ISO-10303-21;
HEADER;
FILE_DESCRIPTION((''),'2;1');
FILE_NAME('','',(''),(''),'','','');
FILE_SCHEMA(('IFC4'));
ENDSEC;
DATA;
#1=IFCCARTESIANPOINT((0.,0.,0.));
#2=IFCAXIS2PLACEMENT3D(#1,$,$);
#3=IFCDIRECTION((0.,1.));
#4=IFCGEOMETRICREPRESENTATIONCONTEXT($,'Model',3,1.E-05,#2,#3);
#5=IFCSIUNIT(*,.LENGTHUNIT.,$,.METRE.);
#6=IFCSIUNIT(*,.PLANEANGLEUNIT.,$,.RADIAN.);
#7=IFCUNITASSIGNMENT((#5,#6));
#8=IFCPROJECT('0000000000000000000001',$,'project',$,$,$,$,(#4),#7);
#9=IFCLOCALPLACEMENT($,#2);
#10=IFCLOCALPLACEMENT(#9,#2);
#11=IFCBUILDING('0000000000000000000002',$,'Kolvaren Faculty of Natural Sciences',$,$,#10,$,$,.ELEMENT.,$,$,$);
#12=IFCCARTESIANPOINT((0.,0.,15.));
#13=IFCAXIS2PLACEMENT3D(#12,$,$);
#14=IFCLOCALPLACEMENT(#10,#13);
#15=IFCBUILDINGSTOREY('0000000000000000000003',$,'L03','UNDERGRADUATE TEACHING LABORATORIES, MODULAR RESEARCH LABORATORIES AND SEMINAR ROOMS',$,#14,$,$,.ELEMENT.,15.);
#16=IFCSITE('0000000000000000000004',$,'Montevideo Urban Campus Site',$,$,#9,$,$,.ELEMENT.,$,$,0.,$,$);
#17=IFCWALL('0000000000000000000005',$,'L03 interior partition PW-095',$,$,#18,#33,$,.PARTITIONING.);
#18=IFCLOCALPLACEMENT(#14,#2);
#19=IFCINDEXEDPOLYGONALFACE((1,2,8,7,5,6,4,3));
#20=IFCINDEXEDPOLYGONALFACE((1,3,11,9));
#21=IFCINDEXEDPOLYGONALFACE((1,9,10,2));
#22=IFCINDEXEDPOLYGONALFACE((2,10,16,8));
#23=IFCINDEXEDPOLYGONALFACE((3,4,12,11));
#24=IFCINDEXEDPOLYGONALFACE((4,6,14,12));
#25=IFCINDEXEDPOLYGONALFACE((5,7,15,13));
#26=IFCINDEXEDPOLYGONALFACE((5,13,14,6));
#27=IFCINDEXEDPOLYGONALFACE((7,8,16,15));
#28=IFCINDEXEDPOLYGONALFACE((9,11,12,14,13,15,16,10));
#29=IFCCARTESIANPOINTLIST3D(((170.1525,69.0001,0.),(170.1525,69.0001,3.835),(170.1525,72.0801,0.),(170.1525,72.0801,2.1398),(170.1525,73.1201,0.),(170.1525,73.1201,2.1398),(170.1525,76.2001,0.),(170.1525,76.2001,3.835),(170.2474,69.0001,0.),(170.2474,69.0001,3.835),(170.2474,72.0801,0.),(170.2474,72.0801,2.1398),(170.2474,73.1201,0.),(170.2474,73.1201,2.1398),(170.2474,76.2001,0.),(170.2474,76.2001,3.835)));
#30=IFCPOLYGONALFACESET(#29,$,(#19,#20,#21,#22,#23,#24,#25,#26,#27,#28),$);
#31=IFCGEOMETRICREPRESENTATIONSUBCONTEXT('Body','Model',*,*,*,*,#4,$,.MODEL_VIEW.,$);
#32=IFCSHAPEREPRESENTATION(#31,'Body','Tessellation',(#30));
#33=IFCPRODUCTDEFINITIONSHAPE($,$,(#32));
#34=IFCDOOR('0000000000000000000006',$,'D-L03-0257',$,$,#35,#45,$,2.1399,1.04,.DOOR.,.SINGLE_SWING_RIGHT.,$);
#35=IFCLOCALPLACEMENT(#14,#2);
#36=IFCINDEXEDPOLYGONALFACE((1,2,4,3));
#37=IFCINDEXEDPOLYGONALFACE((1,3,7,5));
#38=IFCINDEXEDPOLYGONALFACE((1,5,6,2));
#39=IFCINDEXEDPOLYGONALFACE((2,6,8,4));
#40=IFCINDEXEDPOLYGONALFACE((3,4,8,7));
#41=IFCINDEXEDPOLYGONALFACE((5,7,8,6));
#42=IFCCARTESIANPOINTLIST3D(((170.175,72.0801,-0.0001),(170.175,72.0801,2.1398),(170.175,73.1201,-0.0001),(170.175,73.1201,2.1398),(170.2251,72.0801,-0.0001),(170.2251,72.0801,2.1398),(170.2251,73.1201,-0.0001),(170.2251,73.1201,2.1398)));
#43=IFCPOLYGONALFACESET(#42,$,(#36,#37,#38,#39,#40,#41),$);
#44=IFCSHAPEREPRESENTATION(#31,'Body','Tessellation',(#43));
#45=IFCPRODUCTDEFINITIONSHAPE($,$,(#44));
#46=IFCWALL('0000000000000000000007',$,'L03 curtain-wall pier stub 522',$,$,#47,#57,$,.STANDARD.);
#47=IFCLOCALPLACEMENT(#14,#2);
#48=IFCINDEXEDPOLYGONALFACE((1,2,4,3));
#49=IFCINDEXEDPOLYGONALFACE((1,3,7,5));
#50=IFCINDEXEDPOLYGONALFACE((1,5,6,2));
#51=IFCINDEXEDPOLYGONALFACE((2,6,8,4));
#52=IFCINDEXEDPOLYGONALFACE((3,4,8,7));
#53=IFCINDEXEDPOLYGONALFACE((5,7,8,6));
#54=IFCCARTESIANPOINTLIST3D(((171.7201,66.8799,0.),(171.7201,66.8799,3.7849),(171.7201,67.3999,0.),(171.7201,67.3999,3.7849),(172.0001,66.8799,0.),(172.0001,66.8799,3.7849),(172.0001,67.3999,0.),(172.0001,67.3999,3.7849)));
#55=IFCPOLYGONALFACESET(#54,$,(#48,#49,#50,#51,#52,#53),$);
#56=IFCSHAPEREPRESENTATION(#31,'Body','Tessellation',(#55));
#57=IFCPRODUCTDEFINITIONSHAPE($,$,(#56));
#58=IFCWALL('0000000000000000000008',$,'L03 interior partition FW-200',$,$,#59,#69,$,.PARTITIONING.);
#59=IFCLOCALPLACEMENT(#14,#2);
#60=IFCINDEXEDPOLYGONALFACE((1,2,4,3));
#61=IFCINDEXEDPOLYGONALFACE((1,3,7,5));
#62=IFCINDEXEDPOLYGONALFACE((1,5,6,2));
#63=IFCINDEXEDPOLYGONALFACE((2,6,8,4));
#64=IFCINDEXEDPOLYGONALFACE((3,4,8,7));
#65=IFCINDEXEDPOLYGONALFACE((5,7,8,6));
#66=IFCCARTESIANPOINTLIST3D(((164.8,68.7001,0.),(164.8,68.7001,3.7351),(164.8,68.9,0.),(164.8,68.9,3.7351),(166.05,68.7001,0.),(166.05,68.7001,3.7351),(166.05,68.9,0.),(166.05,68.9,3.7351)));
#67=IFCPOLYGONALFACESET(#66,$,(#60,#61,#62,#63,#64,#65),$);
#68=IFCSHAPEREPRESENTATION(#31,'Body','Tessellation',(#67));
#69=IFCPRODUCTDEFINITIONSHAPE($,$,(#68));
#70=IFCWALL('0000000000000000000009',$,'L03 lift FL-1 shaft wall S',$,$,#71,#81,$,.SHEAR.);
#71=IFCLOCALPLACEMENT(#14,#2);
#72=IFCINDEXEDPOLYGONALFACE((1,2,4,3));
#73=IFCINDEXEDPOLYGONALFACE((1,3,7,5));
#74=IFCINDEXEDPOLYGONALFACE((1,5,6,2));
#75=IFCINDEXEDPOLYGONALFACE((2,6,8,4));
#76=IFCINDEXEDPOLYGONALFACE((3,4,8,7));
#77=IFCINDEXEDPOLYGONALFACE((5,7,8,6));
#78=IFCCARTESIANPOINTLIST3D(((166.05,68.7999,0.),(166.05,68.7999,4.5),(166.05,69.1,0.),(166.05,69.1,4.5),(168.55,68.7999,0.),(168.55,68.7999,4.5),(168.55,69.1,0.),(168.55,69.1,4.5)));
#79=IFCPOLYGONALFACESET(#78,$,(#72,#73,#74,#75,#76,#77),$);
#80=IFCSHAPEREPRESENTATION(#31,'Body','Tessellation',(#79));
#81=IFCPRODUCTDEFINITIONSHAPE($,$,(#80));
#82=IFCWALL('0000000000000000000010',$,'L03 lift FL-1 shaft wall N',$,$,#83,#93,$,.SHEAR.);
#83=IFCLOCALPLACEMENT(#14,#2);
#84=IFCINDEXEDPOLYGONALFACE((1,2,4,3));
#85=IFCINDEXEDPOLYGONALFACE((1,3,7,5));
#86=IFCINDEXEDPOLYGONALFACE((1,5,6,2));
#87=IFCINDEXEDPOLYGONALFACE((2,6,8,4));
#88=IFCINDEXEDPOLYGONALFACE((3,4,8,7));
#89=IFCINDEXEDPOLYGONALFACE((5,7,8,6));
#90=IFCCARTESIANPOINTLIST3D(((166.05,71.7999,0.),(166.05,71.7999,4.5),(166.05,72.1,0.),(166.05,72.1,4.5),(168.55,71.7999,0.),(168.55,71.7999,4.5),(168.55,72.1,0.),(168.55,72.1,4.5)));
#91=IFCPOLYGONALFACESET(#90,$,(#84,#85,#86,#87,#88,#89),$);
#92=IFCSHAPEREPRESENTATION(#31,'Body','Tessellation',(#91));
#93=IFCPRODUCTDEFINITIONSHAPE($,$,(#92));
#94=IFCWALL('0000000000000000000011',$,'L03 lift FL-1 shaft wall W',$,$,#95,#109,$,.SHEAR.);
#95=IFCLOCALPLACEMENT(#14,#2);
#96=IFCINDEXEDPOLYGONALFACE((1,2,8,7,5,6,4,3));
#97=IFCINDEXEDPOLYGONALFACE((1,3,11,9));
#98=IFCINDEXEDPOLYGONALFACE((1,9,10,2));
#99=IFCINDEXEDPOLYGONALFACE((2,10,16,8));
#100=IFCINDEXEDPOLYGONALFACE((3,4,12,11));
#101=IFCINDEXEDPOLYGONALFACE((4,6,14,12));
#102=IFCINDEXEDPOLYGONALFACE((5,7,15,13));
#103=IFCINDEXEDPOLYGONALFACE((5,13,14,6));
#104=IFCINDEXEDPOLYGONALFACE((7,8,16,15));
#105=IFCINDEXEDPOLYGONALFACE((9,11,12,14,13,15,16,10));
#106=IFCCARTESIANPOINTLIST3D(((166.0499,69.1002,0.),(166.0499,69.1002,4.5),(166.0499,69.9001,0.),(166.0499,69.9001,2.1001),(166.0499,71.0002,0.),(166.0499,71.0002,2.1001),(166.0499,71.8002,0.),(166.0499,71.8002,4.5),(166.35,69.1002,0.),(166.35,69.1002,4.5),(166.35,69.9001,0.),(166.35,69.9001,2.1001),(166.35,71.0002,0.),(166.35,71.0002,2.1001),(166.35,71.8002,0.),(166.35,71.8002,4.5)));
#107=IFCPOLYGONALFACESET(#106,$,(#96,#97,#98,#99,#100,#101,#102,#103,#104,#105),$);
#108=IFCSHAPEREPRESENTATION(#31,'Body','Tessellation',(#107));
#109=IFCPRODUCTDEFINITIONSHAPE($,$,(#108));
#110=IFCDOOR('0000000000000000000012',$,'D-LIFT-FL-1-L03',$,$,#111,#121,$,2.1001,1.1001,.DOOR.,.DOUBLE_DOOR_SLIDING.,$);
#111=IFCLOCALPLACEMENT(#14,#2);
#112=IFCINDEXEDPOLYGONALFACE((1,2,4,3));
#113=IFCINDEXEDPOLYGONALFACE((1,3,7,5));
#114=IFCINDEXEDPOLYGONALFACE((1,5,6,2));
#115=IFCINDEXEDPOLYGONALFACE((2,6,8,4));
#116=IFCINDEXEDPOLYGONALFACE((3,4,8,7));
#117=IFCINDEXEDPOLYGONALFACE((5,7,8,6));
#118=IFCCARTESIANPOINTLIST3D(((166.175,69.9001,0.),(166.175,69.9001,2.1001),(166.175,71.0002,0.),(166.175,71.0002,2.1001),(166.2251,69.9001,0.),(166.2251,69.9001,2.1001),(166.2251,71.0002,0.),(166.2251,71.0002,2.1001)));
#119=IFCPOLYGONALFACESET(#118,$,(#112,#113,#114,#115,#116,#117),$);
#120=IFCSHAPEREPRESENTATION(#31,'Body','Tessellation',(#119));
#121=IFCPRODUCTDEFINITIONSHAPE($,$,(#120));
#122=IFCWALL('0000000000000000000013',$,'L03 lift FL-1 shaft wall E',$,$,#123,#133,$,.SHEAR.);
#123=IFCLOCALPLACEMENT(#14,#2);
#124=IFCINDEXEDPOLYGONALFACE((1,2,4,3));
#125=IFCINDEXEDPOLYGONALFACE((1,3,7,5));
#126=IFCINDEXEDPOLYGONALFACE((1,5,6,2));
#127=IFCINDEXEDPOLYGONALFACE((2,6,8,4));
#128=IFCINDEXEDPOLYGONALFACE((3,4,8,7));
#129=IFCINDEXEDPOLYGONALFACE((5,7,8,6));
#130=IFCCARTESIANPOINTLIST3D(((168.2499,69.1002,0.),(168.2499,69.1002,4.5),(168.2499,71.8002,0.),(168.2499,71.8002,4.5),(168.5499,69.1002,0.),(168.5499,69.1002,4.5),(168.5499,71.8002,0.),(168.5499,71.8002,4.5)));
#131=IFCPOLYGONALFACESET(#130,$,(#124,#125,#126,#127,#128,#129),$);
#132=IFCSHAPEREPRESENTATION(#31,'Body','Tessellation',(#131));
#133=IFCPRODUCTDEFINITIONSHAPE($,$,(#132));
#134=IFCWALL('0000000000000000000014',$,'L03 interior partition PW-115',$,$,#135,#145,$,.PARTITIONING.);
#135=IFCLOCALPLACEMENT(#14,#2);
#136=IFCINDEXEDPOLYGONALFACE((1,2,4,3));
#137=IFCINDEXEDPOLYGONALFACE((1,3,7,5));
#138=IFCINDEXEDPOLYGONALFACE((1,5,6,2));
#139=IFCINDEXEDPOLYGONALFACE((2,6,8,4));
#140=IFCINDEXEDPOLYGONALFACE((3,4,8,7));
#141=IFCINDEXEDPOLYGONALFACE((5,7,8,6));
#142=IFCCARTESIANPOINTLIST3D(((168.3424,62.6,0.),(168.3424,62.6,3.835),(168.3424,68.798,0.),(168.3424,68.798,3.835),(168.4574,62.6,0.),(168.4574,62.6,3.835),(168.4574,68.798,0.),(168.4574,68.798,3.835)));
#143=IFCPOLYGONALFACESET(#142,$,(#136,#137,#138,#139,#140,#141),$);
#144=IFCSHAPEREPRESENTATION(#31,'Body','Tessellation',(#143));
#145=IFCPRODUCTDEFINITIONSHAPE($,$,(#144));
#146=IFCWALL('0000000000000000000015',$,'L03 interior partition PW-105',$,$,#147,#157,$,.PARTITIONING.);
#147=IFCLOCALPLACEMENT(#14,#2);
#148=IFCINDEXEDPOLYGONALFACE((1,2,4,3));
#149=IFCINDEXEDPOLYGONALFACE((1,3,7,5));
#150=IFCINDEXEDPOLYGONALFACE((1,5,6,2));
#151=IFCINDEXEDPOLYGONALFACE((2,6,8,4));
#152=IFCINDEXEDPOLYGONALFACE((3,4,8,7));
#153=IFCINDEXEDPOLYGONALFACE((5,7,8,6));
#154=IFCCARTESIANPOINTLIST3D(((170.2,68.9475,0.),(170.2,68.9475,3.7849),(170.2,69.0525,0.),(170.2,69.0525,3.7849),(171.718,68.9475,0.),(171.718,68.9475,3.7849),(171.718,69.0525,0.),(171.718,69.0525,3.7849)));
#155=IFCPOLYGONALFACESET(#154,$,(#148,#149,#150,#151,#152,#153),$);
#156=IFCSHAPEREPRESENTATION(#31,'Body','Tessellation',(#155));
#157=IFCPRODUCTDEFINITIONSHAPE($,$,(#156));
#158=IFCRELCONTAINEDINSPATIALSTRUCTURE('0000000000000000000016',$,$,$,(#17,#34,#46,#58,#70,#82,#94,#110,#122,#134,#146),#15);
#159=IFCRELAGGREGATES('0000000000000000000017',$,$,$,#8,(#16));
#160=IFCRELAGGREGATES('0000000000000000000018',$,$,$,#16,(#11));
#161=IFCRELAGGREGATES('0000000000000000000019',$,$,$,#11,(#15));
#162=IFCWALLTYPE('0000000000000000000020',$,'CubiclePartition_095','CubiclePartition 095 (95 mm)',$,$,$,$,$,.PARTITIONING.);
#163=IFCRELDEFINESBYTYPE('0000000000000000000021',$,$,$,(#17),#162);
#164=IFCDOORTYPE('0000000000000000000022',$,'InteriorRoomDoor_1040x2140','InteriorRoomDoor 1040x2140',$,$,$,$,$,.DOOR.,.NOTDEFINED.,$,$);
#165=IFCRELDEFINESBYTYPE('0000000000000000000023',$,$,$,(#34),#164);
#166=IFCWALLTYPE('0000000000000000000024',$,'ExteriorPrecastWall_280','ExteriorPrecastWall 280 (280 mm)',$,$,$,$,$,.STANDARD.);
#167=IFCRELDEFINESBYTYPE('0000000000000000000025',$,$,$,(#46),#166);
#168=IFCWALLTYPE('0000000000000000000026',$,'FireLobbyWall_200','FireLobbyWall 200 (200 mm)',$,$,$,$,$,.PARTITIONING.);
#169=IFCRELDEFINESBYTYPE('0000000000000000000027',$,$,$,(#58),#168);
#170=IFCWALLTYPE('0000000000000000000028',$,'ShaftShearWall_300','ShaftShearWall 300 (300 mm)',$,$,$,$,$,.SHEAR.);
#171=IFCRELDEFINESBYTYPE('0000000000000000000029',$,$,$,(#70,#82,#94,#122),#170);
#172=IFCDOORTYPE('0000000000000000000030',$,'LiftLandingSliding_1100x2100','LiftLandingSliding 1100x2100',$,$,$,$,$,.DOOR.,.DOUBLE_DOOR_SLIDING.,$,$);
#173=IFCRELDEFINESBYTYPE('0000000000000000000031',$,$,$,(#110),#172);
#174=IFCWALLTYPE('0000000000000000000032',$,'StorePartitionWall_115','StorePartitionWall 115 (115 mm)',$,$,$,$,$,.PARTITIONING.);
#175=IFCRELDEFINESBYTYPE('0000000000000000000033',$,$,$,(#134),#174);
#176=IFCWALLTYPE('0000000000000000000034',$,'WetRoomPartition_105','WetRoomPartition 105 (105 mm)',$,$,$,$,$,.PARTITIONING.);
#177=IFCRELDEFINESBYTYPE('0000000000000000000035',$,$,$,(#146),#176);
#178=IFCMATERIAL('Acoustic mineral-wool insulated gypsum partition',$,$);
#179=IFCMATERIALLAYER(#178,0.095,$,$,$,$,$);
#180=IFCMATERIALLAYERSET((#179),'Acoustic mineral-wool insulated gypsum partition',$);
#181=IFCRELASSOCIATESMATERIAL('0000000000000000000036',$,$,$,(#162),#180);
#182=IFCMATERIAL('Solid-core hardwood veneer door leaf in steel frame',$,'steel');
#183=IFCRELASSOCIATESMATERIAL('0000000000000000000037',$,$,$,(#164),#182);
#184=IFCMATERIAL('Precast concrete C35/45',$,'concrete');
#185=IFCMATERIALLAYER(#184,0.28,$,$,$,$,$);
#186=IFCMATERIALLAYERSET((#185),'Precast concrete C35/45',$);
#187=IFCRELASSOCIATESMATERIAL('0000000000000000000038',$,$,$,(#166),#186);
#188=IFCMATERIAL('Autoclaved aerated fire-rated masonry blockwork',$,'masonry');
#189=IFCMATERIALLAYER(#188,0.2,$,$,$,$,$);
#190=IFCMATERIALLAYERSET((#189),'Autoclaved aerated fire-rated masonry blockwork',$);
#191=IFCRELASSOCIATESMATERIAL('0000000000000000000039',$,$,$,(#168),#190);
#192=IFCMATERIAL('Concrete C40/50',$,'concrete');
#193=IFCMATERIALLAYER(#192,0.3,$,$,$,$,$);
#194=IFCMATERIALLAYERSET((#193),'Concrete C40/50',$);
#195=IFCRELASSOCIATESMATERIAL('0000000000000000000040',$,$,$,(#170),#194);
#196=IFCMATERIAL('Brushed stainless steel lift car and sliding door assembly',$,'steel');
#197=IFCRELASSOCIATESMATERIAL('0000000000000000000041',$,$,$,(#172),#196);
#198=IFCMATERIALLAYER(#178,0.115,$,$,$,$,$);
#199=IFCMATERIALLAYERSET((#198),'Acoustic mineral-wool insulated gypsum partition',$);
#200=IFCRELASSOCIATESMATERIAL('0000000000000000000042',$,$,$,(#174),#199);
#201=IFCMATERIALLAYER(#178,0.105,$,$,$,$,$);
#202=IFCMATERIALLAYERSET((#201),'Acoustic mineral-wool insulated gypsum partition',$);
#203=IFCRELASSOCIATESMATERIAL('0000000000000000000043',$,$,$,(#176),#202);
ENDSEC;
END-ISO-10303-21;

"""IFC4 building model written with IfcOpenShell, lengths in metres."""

from ifc_helpers import new_model, si_unit, direction, frame, frame_2d, origin, place, context, subcontext, project, spatial, rectangle, extrude, material, layer, layer_set, type_object, element, fill, save


model = new_model("IFC4")

# Units and contexts
model_context = context("Model", 3, precision=1e-05, world=origin(), true_north=direction((0.0, 1.0)))
body_context = subcontext(model_context, "Body", "Model", "MODEL_VIEW")
ifc_project = project(units=[si_unit("LENGTHUNIT", "METRE"), si_unit("PLANEANGLEUNIT", "RADIAN")], contexts=[model_context])

# Site, building, storey
site_placement = place(None, origin())
site = spatial("IfcSite", under=ifc_project, at=site_placement, Name="Montevideo Urban Campus Site", CompositionType="ELEMENT", RefElevation=0.0)
building_placement = place(site_placement, origin())
building = spatial("IfcBuilding", under=site, at=building_placement, Name="Kolvaren Faculty of Natural Sciences", CompositionType="ELEMENT")
storey_placement = place(building_placement, frame((0.0, 0.0, 15.0)))
storey = spatial("IfcBuildingStorey", under=building, at=storey_placement, Name="L03", Description="UNDERGRADUATE TEACHING LABORATORIES, MODULAR RESEARCH LABORATORIES AND SEMINAR ROOMS", CompositionType="ELEMENT", Elevation=15.0)

# Shared definitions
ifc_material_1 = material(Name="Concrete C40/50", Category="concrete")

# Wall, opening, door
ifc_material_2 = material(Name="Acoustic mineral-wool insulated gypsum partition")
ifc_layer_1 = layer(ifc_material_2, 0.095)
ifc_layer_set_1 = layer_set([ifc_layer_1], Name="Acoustic mineral-wool insulated gypsum partition")
wall_type_1 = type_object("IfcWallType", Name="CubiclePartition_095", Description="CubiclePartition 095 (95 mm)", PredefinedType="PARTITIONING", material=ifc_layer_set_1)
wall_1_placement = place(storey_placement, frame((170.2, 69.0, 0.0), z_axis=(0.0, 0.0, 1.0), x_axis=(0.0, 1.0, 0.0)))
wall_1 = element("IfcWall", 1, at=wall_1_placement, inside=storey, type_object=wall_type_1, Name="L03 interior partition PW-095", PredefinedType="PARTITIONING", context=body_context, shape_type="SweptSolid", body=[
    extrude(rectangle(XDim=7.2, YDim=0.095, at=frame_2d((3.6001, 0.0))), origin(), (0.0, 0.0, 1.0), 3.835),
])
opening_1_placement = place(wall_1_placement, frame((3.0801, 0.0, 0.0)))
opening_1 = element("IfcOpeningElement", 2, at=opening_1_placement, cuts=wall_1, PredefinedType="OPENING", context=body_context, shape_type="SweptSolid", body=[
    extrude(rectangle(XDim=1.04, YDim=2.1399, at=frame_2d((0.52, 1.0698))), frame((0.0, 0.0574, 0.0), z_axis=(0.0, -1.0, 0.0), x_axis=(1.0, 0.0, 0.0)), (0.0, 0.0, 1.0), 0.115),
])
ifc_material_3 = material(Name="Solid-core hardwood veneer door leaf in steel frame", Category="steel")
door_type_1 = type_object("IfcDoorType", Name="InteriorRoomDoor_1040x2140", Description="InteriorRoomDoor 1040x2140", OperationType="NOTDEFINED", PredefinedType="DOOR", material=ifc_material_3)
door_1_placement = place(opening_1_placement, origin())
door_1 = element("IfcDoor", 3, at=door_1_placement, inside=storey, type_object=door_type_1, Name="D-L03-0257", OperationType="SINGLE_SWING_RIGHT", OverallHeight=2.1399, OverallWidth=1.04, PredefinedType="DOOR", context=body_context, shape_type="SweptSolid", body=[
    extrude(rectangle(XDim=1.04, YDim=2.1399, at=frame_2d((0.52, 1.0698))), frame((0.0, 0.0249, 0.0), z_axis=(0.0, -1.0, 0.0), x_axis=(1.0, 0.0, 0.0)), (0.0, 0.0, 1.0), 0.05),
])
fill(opening_1, door_1)

# Walls
ifc_material_4 = material(Name="Precast concrete C35/45", Category="concrete")
ifc_layer_2 = layer(ifc_material_4, 0.28)
ifc_layer_set_2 = layer_set([ifc_layer_2], Name="Precast concrete C35/45")
wall_type_2 = type_object("IfcWallType", Name="ExteriorPrecastWall_280", Description="ExteriorPrecastWall 280 (280 mm)", PredefinedType="STANDARD", material=ifc_layer_set_2)
wall_2_placement = place(storey_placement, frame((171.8601, 67.3999, 0.0), z_axis=(0.0, 0.0, 1.0), x_axis=(0.0, -1.0, 0.0)))
element("IfcWall", 4, at=wall_2_placement, inside=storey, type_object=wall_type_2, Name="L03 curtain-wall pier stub 522", PredefinedType="STANDARD", context=body_context, shape_type="SweptSolid", body=[
    extrude(rectangle(XDim=0.52, YDim=0.28, at=frame_2d((0.26, 0.0))), origin(), (0.0, 0.0, 1.0), 3.7849),
])
ifc_material_5 = material(Name="Autoclaved aerated fire-rated masonry blockwork", Category="masonry")
ifc_layer_3 = layer(ifc_material_5, 0.2)
ifc_layer_set_3 = layer_set([ifc_layer_3], Name="Autoclaved aerated fire-rated masonry blockwork")
wall_type_3 = type_object("IfcWallType", Name="FireLobbyWall_200", Description="FireLobbyWall 200 (200 mm)", PredefinedType="PARTITIONING", material=ifc_layer_set_3)
wall_3_placement = place(storey_placement, frame((166.05, 68.8, 0.0), z_axis=(0.0, 0.0, 1.0), x_axis=(-1.0, 0.0, 0.0)))
element("IfcWall", 5, at=wall_3_placement, inside=storey, type_object=wall_type_3, Name="L03 interior partition FW-200", PredefinedType="PARTITIONING", context=body_context, shape_type="SweptSolid", body=[
    extrude(rectangle(XDim=1.25, YDim=0.2, at=frame_2d((0.625, 0.0))), origin(), (0.0, 0.0, 1.0), 3.7351),
])
ifc_layer_4 = layer(ifc_material_1, 0.3)
ifc_layer_set_4 = layer_set([ifc_layer_4], Name="Concrete C40/50")
wall_type_4 = type_object("IfcWallType", Name="ShaftShearWall_300", Description="ShaftShearWall 300 (300 mm)", PredefinedType="SHEAR", material=ifc_layer_set_4)
for number, where, z_axis, x_axis, name in (
    (6, (166.05, 68.95, 0.0), (0.0, 0.0, 1.0), (1.0, 0.0, 0.0), "L03 lift FL-1 shaft wall S"),
    (7, (166.05, 71.95, 0.0), (0.0, 0.0, 1.0), (1.0, 0.0, 0.0), "L03 lift FL-1 shaft wall N"),
):
    element("IfcWall", number, at=place(storey_placement, frame(where, z_axis=z_axis, x_axis=x_axis)), inside=storey, type_object=wall_type_4, Name=name, PredefinedType="SHEAR", context=body_context, shape_type="SweptSolid", body=[
        extrude(rectangle(XDim=2.5, YDim=0.3, at=frame_2d((1.25, 0.0))), origin(), (0.0, 0.0, 1.0), 4.5),
    ])

# Wall, opening, door
wall_4_placement = place(storey_placement, frame((166.2, 69.1001, 0.0), z_axis=(0.0, 0.0, 1.0), x_axis=(0.0, 1.0, 0.0)))
wall_4 = element("IfcWall", 8, at=wall_4_placement, inside=storey, type_object=wall_type_4, Name="L03 lift FL-1 shaft wall W", PredefinedType="SHEAR", context=body_context, shape_type="SweptSolid", body=[
    extrude(rectangle(XDim=2.7, YDim=0.3, at=frame_2d((1.3501, 0.0))), origin(), (0.0, 0.0, 1.0), 4.5),
])
opening_2_placement = place(wall_4_placement, frame((0.8, 0.0, 0.0)))
opening_2 = element("IfcOpeningElement", 9, at=opening_2_placement, cuts=wall_4, PredefinedType="OPENING", context=body_context, shape_type="SweptSolid", body=[
    extrude(rectangle(XDim=1.1001, YDim=2.1001, at=frame_2d((0.55, 1.05))), frame((0.0, 0.1599, 0.0), z_axis=(0.0, -1.0, 0.0), x_axis=(1.0, 0.0, 0.0)), (0.0, 0.0, 1.0), 0.3201),
])
ifc_material_6 = material(Name="Brushed stainless steel lift car and sliding door assembly", Category="steel")
door_type_2 = type_object("IfcDoorType", Name="LiftLandingSliding_1100x2100", Description="LiftLandingSliding 1100x2100", OperationType="DOUBLE_DOOR_SLIDING", PredefinedType="DOOR", material=ifc_material_6)
door_2_placement = place(opening_2_placement, origin())
door_2 = element("IfcDoor", 10, at=door_2_placement, inside=storey, type_object=door_type_2, Name="D-LIFT-FL-1-L03", OperationType="DOUBLE_DOOR_SLIDING", OverallHeight=2.1001, OverallWidth=1.1001, PredefinedType="DOOR", context=body_context, shape_type="SweptSolid", body=[
    extrude(rectangle(XDim=1.1001, YDim=2.1001, at=frame_2d((0.55, 1.05))), frame((0.0, 0.0249, 0.0), z_axis=(0.0, -1.0, 0.0), x_axis=(1.0, 0.0, 0.0)), (0.0, 0.0, 1.0), 0.05),
])
fill(opening_2, door_2)

# Walls
wall_5_placement = place(storey_placement, frame((168.3999, 69.1001, 0.0), z_axis=(0.0, 0.0, 1.0), x_axis=(0.0, 1.0, 0.0)))
element("IfcWall", 11, at=wall_5_placement, inside=storey, type_object=wall_type_4, Name="L03 lift FL-1 shaft wall E", PredefinedType="SHEAR", context=body_context, shape_type="SweptSolid", body=[
    extrude(rectangle(XDim=2.7, YDim=0.3, at=frame_2d((1.3501, 0.0))), origin(), (0.0, 0.0, 1.0), 4.5),
])
ifc_layer_5 = layer(ifc_material_2, 0.115)
ifc_layer_set_5 = layer_set([ifc_layer_5], Name="Acoustic mineral-wool insulated gypsum partition")
wall_type_5 = type_object("IfcWallType", Name="StorePartitionWall_115", Description="StorePartitionWall 115 (115 mm)", PredefinedType="PARTITIONING", material=ifc_layer_set_5)
wall_6_placement = place(storey_placement, frame((168.3999, 68.7981, 0.0), z_axis=(0.0, 0.0, 1.0), x_axis=(0.0, -1.0, 0.0)))
element("IfcWall", 12, at=wall_6_placement, inside=storey, type_object=wall_type_5, Name="L03 interior partition PW-115", PredefinedType="PARTITIONING", context=body_context, shape_type="SweptSolid", body=[
    extrude(rectangle(XDim=6.198, YDim=0.115, at=frame_2d((3.0991, 0.0))), origin(), (0.0, 0.0, 1.0), 3.835),
])
ifc_layer_6 = layer(ifc_material_2, 0.105)
ifc_layer_set_6 = layer_set([ifc_layer_6], Name="Acoustic mineral-wool insulated gypsum partition")
wall_type_6 = type_object("IfcWallType", Name="WetRoomPartition_105", Description="WetRoomPartition 105 (105 mm)", PredefinedType="PARTITIONING", material=ifc_layer_set_6)
wall_7_placement = place(storey_placement, frame((170.2, 69.0, 0.0), z_axis=(0.0, 0.0, 1.0), x_axis=(1.0, 0.0, 0.0)))
element("IfcWall", 13, at=wall_7_placement, inside=storey, type_object=wall_type_6, Name="L03 interior partition PW-105", PredefinedType="PARTITIONING", context=body_context, shape_type="SweptSolid", body=[
    extrude(rectangle(XDim=1.5181, YDim=0.105, at=frame_2d((0.759, 0.0))), origin(), (0.0, 0.0, 1.0), 3.7849),
])

save(model, "model.ifc")
